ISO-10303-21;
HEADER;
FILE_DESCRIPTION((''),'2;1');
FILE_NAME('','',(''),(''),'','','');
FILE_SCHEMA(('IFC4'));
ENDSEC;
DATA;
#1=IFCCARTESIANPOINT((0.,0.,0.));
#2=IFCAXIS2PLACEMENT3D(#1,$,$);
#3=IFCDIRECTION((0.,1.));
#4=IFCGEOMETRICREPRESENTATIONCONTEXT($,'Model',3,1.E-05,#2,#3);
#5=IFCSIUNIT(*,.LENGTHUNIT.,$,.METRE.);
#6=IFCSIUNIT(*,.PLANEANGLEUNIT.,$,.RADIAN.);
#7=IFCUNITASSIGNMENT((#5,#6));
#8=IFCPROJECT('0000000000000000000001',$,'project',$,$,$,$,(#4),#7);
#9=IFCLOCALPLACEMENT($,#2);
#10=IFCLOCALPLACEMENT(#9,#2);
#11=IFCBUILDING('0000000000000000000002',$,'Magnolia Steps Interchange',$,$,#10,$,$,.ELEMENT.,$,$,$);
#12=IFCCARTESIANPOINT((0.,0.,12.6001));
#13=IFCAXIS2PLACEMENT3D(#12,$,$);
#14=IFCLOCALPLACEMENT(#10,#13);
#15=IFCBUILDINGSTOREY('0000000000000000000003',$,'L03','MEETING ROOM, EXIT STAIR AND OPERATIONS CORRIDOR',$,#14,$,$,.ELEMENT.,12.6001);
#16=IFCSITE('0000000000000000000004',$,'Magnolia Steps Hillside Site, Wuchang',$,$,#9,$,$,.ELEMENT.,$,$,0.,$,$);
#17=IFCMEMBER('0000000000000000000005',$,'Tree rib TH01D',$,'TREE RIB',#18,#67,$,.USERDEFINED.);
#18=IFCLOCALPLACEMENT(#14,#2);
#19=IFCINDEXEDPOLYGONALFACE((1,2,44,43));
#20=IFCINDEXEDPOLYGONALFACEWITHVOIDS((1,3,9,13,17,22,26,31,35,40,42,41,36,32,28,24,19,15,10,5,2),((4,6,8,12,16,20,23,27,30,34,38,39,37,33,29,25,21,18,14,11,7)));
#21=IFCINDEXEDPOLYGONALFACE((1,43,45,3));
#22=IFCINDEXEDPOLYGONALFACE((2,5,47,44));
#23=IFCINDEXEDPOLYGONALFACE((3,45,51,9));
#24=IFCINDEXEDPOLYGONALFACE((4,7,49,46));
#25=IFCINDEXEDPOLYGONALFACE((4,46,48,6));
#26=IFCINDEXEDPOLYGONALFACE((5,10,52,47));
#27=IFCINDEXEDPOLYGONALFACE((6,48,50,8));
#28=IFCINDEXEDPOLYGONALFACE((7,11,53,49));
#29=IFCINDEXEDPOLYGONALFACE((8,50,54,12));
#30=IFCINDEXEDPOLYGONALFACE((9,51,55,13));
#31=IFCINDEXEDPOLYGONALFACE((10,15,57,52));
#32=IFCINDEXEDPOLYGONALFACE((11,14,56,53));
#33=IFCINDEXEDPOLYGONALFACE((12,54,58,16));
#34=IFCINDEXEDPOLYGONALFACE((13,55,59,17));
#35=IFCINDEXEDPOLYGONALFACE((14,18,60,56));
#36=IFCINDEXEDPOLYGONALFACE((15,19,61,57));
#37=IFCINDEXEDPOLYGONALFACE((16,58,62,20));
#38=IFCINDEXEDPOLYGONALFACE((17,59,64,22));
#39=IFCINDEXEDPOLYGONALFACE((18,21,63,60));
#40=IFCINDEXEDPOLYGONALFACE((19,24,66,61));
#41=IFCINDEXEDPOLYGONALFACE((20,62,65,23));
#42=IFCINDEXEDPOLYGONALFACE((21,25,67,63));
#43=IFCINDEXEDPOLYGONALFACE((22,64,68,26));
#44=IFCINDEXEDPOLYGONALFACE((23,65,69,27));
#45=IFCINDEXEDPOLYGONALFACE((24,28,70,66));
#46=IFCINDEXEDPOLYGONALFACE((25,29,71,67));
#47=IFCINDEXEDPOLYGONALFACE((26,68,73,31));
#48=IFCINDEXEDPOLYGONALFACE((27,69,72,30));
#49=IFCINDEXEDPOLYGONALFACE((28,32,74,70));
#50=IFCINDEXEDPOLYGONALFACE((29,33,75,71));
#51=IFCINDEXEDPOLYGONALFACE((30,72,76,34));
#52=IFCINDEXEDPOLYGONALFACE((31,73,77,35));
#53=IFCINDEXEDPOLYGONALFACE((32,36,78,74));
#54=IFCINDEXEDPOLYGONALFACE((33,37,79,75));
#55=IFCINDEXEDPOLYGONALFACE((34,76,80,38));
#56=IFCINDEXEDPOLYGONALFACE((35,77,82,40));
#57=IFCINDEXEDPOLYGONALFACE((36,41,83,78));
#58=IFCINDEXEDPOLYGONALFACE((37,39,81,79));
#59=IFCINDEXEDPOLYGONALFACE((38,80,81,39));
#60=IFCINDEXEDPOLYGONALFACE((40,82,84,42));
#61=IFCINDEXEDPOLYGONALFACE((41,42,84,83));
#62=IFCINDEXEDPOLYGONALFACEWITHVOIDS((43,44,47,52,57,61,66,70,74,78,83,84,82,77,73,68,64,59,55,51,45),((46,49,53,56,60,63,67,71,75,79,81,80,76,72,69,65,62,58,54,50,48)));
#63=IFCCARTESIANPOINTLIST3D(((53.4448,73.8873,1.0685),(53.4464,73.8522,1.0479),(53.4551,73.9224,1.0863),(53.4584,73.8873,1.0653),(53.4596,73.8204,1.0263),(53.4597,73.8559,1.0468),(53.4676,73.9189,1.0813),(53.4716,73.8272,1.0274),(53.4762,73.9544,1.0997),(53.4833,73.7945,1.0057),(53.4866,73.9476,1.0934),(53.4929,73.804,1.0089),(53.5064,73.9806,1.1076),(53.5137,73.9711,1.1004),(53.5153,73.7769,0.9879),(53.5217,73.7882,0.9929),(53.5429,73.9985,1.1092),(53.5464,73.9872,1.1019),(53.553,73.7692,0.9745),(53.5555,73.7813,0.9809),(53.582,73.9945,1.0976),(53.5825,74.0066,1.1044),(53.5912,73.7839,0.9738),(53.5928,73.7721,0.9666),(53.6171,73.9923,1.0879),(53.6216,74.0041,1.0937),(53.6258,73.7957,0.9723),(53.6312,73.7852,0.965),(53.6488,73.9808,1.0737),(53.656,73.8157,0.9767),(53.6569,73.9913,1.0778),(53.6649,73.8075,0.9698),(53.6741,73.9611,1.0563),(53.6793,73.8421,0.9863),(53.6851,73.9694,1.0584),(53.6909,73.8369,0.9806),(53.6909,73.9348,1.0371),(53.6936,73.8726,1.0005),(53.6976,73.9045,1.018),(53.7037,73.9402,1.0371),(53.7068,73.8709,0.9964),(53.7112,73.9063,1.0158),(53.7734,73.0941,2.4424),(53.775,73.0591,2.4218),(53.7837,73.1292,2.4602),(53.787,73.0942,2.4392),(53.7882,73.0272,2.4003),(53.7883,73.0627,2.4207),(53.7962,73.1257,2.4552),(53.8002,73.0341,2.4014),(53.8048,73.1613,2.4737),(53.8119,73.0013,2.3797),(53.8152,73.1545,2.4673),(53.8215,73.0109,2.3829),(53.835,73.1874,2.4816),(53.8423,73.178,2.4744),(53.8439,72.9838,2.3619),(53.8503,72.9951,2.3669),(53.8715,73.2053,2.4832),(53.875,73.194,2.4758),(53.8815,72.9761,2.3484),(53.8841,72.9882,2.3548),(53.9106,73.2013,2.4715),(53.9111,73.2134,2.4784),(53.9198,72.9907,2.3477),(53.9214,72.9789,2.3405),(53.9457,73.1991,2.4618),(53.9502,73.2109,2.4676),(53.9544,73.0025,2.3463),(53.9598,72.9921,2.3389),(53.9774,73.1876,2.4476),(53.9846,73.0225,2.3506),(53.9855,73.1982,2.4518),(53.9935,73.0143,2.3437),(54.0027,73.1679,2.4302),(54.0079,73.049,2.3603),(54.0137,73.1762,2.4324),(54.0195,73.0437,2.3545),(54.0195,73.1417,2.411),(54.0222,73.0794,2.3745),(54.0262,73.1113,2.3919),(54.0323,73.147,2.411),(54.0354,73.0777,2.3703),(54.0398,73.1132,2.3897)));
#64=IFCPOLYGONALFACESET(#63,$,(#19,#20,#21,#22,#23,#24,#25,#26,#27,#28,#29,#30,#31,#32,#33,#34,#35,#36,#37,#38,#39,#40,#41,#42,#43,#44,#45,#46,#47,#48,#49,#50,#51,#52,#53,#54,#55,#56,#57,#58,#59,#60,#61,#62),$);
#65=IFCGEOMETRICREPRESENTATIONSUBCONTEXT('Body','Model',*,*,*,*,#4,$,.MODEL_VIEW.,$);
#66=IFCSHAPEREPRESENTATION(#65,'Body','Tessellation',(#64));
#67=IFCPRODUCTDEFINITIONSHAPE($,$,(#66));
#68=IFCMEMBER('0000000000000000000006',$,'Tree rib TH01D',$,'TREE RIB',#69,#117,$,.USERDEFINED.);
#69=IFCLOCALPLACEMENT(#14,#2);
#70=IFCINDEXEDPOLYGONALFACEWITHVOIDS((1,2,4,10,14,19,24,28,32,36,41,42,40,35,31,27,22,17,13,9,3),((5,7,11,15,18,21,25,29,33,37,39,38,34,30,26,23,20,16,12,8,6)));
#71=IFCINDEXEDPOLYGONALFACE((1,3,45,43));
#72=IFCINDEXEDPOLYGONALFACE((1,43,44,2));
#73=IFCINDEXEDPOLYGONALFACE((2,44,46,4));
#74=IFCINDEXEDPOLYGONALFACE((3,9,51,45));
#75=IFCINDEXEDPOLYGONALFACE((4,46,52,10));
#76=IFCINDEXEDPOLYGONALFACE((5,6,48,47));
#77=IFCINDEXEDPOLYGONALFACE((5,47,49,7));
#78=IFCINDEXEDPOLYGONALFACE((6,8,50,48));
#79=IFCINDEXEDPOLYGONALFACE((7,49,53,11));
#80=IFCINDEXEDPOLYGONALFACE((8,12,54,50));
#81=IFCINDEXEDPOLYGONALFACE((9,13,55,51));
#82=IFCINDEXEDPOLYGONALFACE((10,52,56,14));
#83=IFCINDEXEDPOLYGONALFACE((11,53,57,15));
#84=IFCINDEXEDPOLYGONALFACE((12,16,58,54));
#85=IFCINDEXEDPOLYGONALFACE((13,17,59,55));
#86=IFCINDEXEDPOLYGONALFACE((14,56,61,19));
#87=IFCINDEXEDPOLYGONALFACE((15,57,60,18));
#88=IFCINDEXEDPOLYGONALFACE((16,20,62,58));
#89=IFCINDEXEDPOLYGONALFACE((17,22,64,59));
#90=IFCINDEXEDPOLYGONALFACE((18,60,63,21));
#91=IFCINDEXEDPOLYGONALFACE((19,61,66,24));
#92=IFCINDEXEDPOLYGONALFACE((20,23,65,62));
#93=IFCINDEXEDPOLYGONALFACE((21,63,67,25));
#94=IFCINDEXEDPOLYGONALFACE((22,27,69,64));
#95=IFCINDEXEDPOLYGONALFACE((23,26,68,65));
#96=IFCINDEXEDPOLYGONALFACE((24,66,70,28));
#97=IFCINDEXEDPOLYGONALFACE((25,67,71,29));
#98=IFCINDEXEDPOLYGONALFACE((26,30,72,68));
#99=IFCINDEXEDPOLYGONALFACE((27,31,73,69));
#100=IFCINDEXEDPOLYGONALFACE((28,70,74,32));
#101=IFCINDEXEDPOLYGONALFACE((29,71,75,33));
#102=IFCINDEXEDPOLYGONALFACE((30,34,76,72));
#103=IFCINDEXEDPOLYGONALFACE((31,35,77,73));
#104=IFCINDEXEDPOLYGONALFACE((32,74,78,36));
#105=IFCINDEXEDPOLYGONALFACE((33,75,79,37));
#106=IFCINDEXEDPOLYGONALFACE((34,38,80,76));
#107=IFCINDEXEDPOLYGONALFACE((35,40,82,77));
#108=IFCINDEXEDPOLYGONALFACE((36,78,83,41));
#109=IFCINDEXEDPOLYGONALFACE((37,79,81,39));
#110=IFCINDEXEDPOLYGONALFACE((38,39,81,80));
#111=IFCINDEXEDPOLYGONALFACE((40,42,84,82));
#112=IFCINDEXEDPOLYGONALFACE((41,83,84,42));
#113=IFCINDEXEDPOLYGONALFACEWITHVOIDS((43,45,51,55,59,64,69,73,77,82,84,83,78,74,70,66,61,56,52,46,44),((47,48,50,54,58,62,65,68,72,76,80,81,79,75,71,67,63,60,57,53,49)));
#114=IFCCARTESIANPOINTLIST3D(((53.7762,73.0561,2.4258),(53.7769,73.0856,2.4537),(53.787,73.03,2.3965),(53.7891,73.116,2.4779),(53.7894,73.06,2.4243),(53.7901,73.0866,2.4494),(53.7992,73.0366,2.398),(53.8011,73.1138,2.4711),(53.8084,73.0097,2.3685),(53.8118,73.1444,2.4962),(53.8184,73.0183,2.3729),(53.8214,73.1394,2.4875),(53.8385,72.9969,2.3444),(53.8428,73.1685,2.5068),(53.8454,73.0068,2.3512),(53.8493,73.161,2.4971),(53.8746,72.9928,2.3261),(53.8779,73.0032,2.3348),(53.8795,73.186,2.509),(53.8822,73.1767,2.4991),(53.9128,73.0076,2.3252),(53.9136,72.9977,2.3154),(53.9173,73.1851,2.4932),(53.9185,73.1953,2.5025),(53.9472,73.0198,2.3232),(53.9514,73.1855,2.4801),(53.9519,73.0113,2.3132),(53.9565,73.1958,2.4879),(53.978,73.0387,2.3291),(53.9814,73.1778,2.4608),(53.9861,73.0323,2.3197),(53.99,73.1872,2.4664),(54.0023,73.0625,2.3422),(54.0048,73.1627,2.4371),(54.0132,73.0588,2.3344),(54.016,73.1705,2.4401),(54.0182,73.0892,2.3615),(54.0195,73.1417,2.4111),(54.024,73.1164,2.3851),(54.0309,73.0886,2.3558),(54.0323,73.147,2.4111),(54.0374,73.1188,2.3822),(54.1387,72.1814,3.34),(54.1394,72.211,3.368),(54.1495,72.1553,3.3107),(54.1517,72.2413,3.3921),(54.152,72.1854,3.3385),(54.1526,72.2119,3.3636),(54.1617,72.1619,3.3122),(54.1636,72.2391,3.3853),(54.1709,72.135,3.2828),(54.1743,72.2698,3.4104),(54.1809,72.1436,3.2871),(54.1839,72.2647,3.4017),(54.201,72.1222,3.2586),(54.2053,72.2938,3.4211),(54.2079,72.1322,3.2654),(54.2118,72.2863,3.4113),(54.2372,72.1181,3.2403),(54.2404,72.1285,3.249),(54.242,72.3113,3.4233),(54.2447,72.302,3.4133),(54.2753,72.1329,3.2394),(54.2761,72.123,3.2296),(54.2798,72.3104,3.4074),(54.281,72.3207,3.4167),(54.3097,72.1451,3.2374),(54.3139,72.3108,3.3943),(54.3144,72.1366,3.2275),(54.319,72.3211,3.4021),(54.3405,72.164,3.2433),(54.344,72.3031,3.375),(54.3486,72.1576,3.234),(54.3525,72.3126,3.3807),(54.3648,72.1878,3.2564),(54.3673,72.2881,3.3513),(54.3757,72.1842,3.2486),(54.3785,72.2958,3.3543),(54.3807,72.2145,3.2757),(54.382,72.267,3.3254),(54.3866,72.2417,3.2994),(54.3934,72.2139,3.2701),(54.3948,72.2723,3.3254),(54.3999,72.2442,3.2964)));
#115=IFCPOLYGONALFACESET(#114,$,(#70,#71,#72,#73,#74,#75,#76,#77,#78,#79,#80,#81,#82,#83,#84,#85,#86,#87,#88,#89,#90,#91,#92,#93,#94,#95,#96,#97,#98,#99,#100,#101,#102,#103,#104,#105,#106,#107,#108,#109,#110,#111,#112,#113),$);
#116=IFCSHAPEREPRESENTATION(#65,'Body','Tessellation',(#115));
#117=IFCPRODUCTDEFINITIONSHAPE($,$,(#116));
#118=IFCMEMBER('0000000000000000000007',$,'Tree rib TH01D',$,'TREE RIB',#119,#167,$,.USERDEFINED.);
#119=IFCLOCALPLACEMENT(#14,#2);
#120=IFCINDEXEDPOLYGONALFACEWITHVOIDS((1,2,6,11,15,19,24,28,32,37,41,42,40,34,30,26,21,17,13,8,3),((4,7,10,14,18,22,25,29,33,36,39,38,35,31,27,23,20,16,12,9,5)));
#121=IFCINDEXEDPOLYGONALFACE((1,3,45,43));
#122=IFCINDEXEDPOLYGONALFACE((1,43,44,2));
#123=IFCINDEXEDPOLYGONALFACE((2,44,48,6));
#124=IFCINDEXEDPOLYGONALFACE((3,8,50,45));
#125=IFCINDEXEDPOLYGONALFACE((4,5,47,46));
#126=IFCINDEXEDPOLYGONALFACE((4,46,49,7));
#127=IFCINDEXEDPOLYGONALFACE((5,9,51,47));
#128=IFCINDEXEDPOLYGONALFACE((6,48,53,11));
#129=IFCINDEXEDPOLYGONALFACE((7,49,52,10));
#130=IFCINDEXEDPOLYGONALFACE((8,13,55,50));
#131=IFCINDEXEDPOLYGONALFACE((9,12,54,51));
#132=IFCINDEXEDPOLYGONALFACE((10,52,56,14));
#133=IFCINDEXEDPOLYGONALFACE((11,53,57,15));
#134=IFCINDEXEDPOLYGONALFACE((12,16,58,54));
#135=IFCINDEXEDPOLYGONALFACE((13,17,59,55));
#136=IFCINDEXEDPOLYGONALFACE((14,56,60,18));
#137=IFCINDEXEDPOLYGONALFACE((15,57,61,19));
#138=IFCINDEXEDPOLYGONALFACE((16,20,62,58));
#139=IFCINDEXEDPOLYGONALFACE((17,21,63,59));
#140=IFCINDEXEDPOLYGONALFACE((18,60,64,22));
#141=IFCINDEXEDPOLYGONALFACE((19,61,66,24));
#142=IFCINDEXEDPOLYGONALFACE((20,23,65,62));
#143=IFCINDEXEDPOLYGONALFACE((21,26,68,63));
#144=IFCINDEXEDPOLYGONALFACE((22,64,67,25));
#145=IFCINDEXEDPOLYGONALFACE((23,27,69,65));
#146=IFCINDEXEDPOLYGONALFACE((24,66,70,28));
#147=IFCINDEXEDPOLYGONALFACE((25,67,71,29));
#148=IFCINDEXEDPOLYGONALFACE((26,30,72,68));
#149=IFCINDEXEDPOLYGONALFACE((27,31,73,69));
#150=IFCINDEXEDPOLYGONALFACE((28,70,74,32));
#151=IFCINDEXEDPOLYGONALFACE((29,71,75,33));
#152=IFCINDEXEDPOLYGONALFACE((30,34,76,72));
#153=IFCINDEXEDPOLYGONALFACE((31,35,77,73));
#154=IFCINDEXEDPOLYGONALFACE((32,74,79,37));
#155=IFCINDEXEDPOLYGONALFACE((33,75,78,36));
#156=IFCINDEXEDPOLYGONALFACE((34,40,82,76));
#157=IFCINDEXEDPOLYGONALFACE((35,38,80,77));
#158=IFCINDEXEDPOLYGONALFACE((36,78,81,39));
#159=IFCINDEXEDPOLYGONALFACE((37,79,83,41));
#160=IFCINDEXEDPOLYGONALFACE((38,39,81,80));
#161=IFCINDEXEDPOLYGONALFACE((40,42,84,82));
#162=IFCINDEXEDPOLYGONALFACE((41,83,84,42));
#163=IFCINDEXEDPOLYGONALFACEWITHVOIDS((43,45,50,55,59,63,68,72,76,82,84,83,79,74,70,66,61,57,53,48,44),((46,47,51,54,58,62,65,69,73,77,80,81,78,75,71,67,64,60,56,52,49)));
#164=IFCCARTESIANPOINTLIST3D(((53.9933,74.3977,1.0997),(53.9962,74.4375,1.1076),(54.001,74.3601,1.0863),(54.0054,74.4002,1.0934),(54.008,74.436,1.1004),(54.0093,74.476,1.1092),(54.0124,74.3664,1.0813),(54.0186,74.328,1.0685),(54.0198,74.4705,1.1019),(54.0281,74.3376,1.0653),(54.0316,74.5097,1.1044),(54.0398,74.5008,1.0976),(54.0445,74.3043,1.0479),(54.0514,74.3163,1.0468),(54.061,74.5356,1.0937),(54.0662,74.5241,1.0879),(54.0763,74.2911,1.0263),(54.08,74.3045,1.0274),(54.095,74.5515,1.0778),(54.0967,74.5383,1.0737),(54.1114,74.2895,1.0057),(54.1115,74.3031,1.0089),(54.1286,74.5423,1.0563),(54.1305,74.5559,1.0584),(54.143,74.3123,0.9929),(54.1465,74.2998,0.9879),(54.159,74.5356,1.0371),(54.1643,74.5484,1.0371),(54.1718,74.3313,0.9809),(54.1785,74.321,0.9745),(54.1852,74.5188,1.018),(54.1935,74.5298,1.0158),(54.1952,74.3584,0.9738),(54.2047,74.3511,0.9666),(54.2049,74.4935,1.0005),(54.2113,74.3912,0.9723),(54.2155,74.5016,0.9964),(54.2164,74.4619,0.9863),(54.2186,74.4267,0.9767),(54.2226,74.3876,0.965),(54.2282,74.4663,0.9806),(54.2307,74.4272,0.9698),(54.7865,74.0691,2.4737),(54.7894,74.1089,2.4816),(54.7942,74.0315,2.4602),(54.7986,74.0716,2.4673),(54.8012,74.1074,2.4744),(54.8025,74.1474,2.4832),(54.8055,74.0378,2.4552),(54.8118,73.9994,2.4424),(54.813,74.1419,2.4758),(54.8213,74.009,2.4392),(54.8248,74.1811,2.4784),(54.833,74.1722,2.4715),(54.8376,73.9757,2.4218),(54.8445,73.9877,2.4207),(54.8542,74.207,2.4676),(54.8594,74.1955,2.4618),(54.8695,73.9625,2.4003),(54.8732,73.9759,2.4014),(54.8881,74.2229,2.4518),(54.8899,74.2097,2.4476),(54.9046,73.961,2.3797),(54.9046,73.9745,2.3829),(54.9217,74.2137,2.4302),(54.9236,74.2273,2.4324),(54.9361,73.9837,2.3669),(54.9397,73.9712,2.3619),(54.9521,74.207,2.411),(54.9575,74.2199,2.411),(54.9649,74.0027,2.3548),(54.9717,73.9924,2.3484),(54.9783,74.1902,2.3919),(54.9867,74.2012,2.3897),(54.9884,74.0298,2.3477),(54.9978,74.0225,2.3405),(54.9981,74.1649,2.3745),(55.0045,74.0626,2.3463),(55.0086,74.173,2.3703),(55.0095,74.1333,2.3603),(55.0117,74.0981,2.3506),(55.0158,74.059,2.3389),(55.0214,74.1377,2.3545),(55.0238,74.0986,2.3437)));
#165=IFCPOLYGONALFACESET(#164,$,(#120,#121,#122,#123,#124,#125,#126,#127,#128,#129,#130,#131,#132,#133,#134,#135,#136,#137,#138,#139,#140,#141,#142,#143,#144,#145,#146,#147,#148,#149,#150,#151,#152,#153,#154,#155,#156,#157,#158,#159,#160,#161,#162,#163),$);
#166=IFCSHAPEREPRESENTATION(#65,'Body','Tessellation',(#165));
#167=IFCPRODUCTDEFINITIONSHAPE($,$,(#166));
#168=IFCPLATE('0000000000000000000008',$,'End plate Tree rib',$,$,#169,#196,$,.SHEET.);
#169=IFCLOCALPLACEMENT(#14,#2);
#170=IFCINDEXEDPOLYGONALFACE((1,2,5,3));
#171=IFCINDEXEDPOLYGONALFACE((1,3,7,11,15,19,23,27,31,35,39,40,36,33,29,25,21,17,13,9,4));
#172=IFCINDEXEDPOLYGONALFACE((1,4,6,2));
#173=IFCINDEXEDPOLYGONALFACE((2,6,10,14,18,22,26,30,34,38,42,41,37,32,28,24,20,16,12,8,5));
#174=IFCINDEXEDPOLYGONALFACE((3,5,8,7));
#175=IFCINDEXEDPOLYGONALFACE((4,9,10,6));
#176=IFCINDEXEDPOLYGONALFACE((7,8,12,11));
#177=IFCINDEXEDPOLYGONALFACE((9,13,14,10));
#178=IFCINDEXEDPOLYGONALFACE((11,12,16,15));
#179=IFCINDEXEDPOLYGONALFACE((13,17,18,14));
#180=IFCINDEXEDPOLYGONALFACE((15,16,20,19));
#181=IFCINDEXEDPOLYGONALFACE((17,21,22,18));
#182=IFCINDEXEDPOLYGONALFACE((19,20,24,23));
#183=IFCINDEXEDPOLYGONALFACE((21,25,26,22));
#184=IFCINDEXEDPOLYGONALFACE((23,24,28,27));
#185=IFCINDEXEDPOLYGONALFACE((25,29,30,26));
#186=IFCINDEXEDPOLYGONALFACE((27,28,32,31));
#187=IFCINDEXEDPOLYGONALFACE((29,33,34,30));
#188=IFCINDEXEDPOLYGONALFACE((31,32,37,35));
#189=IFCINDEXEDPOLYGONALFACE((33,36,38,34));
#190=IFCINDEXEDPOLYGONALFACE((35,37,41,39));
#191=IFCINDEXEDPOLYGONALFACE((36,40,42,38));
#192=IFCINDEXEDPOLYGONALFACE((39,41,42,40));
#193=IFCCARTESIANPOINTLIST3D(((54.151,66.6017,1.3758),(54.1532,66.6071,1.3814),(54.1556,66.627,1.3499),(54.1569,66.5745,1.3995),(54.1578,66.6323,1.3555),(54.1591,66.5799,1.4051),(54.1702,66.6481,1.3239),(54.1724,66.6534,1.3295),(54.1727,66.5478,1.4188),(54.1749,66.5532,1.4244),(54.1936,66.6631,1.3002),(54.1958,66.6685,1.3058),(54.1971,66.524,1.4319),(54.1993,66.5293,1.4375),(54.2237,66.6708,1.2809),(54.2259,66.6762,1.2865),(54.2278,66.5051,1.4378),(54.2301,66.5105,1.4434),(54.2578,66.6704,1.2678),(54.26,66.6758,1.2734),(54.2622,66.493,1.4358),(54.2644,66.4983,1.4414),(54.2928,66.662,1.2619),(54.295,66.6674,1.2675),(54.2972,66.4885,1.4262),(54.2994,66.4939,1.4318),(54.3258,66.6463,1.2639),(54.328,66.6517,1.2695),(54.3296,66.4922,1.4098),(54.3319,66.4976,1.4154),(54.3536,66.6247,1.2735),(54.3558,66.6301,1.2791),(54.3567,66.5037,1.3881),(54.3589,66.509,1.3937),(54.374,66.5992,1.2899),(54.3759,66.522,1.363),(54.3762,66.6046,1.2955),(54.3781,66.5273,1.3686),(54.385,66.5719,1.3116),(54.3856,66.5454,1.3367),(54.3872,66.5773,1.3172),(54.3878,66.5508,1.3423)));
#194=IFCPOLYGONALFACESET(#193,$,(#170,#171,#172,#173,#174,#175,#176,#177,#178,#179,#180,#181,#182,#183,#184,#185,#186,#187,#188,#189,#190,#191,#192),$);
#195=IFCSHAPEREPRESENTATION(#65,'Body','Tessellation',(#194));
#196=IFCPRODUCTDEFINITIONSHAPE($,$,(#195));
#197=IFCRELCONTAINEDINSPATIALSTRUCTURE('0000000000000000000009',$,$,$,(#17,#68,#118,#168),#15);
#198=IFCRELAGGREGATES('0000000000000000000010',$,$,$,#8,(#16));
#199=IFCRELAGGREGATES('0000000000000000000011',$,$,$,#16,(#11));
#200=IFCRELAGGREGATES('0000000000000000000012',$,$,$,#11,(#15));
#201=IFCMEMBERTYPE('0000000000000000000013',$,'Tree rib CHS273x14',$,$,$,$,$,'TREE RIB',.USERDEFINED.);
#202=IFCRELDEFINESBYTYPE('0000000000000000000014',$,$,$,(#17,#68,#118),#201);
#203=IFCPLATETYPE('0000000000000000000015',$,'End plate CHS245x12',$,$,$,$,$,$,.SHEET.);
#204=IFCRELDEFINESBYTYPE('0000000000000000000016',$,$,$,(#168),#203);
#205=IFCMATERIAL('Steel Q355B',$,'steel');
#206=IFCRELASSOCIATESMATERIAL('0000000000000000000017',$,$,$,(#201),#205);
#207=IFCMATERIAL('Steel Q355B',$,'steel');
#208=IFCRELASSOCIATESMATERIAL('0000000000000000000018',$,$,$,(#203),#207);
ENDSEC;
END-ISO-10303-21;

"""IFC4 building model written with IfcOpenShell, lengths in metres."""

from ifc_helpers import new_model, si_unit, direction, frame, origin, origin_2d, place, context, subcontext, project, spatial, circle, hollow_circle, extrude, material, material_profile, profile_set, type_object, element, save


model = new_model("IFC4")

# Units and contexts
model_context = context("Model", 3, precision=1e-05, world=origin(), true_north=direction((0.0, 1.0)))
body_context = subcontext(model_context, "Body", "Model", "MODEL_VIEW")
ifc_project = project(units=[si_unit("LENGTHUNIT", "METRE"), si_unit("PLANEANGLEUNIT", "RADIAN")], contexts=[model_context])

# Site, building, storey
site_placement = place(None, origin())
site = spatial("IfcSite", under=ifc_project, at=site_placement, Name="Magnolia Steps Hillside Site, Wuchang", CompositionType="ELEMENT", RefElevation=0.0)
building_placement = place(site_placement, origin())
building = spatial("IfcBuilding", under=site, at=building_placement, Name="Magnolia Steps Interchange", CompositionType="ELEMENT")
storey_placement = place(building_placement, frame((0.0, 0.0, 12.6001)))
storey = spatial("IfcBuildingStorey", under=building, at=storey_placement, Name="L03", Description="MEETING ROOM, EXIT STAIR AND OPERATIONS CORRIDOR", CompositionType="ELEMENT", Elevation=12.6001)

# Members
ifc_material_1 = material(Name="Steel Q355B", Category="steel")
ifc_material_profile_1 = material_profile(ifc_material_1, hollow_circle(Radius=0.1365, WallThickness=0.0139, at=origin_2d()), Name="CHS273x14")
ifc_profile_set_1 = profile_set([ifc_material_profile_1], Name="Steel Q355B")
member_type = type_object("IfcMemberType", Name="Tree rib CHS273x14", ElementType="TREE RIB", PredefinedType="USERDEFINED", material=ifc_profile_set_1)
member_1_placement = place(storey_placement, frame((53.5776, 73.8879, 1.0371), z_axis=(0.20282, -0.489571, 0.848047), x_axis=(0.923857, 0.382737, 0.0)))
element("IfcMember", 1, at=member_1_placement, inside=storey, type_object=member_type, Name="Tree rib TH01D", ObjectType="TREE RIB", PredefinedType="USERDEFINED", context=body_context, shape_type="SweptSolid", body=[
    extrude(hollow_circle(Radius=0.1365, WallThickness=0.0139, at=origin_2d()), origin(), (0.0, 0.0, 1.0), 1.6201),
])
member_2_placement = place(storey_placement, frame((53.9062, 73.0947, 2.4111), z_axis=(0.275434, -0.664566, 0.694613), x_axis=(0.9238, 0.382876, 0.0)))
element("IfcMember", 2, at=member_2_placement, inside=storey, type_object=member_type, Name="Tree rib TH01D", ObjectType="TREE RIB", PredefinedType="USERDEFINED", context=body_context, shape_type="SweptSolid", body=[
    extrude(hollow_circle(Radius=0.1365, WallThickness=0.0139, at=origin_2d()), origin(), (0.0, 0.0, 1.0), 1.3162),
])
member_3_placement = place(storey_placement, frame((54.1121, 74.4224, 1.0371), z_axis=(0.489571, -0.20282, 0.848047), x_axis=(0.382737, 0.923857, 0.0)))
element("IfcMember", 3, at=member_3_placement, inside=storey, type_object=member_type, Name="Tree rib TH01D", ObjectType="TREE RIB", PredefinedType="USERDEFINED", context=body_context, shape_type="SweptSolid", body=[
    extrude(hollow_circle(Radius=0.1365, WallThickness=0.0139, at=origin_2d()), origin(), (0.0, 0.0, 1.0), 1.6201),
])

# Plate
ifc_material_2 = material(Name="Steel Q355B", Category="steel")
ifc_material_profile_2 = material_profile(ifc_material_2, circle(Radius=0.1226, at=origin_2d()), Name="End plate CHS245x12")
ifc_profile_set_2 = profile_set([ifc_material_profile_2], Name="Steel Q355B")
plate_type_1 = type_object("IfcPlateType", Name="End plate CHS245x12", PredefinedType="SHEET", material=ifc_profile_set_2)
plate_1_placement = place(storey_placement, frame((54.2688, 66.5801, 1.3499), z_axis=(0.275279, 0.664583, 0.694658), x_axis=(-0.92388, 0.382683, 0.0)))
element("IfcPlate", 4, at=plate_1_placement, inside=storey, type_object=plate_type_1, Name="End plate Tree rib", PredefinedType="SHEET", context=body_context, shape_type="SweptSolid", body=[
    extrude(circle(Radius=0.1226, at=origin_2d()), origin(), (0.0, 0.0, 1.0), 0.0081),
])

save(model, "model.ifc")
